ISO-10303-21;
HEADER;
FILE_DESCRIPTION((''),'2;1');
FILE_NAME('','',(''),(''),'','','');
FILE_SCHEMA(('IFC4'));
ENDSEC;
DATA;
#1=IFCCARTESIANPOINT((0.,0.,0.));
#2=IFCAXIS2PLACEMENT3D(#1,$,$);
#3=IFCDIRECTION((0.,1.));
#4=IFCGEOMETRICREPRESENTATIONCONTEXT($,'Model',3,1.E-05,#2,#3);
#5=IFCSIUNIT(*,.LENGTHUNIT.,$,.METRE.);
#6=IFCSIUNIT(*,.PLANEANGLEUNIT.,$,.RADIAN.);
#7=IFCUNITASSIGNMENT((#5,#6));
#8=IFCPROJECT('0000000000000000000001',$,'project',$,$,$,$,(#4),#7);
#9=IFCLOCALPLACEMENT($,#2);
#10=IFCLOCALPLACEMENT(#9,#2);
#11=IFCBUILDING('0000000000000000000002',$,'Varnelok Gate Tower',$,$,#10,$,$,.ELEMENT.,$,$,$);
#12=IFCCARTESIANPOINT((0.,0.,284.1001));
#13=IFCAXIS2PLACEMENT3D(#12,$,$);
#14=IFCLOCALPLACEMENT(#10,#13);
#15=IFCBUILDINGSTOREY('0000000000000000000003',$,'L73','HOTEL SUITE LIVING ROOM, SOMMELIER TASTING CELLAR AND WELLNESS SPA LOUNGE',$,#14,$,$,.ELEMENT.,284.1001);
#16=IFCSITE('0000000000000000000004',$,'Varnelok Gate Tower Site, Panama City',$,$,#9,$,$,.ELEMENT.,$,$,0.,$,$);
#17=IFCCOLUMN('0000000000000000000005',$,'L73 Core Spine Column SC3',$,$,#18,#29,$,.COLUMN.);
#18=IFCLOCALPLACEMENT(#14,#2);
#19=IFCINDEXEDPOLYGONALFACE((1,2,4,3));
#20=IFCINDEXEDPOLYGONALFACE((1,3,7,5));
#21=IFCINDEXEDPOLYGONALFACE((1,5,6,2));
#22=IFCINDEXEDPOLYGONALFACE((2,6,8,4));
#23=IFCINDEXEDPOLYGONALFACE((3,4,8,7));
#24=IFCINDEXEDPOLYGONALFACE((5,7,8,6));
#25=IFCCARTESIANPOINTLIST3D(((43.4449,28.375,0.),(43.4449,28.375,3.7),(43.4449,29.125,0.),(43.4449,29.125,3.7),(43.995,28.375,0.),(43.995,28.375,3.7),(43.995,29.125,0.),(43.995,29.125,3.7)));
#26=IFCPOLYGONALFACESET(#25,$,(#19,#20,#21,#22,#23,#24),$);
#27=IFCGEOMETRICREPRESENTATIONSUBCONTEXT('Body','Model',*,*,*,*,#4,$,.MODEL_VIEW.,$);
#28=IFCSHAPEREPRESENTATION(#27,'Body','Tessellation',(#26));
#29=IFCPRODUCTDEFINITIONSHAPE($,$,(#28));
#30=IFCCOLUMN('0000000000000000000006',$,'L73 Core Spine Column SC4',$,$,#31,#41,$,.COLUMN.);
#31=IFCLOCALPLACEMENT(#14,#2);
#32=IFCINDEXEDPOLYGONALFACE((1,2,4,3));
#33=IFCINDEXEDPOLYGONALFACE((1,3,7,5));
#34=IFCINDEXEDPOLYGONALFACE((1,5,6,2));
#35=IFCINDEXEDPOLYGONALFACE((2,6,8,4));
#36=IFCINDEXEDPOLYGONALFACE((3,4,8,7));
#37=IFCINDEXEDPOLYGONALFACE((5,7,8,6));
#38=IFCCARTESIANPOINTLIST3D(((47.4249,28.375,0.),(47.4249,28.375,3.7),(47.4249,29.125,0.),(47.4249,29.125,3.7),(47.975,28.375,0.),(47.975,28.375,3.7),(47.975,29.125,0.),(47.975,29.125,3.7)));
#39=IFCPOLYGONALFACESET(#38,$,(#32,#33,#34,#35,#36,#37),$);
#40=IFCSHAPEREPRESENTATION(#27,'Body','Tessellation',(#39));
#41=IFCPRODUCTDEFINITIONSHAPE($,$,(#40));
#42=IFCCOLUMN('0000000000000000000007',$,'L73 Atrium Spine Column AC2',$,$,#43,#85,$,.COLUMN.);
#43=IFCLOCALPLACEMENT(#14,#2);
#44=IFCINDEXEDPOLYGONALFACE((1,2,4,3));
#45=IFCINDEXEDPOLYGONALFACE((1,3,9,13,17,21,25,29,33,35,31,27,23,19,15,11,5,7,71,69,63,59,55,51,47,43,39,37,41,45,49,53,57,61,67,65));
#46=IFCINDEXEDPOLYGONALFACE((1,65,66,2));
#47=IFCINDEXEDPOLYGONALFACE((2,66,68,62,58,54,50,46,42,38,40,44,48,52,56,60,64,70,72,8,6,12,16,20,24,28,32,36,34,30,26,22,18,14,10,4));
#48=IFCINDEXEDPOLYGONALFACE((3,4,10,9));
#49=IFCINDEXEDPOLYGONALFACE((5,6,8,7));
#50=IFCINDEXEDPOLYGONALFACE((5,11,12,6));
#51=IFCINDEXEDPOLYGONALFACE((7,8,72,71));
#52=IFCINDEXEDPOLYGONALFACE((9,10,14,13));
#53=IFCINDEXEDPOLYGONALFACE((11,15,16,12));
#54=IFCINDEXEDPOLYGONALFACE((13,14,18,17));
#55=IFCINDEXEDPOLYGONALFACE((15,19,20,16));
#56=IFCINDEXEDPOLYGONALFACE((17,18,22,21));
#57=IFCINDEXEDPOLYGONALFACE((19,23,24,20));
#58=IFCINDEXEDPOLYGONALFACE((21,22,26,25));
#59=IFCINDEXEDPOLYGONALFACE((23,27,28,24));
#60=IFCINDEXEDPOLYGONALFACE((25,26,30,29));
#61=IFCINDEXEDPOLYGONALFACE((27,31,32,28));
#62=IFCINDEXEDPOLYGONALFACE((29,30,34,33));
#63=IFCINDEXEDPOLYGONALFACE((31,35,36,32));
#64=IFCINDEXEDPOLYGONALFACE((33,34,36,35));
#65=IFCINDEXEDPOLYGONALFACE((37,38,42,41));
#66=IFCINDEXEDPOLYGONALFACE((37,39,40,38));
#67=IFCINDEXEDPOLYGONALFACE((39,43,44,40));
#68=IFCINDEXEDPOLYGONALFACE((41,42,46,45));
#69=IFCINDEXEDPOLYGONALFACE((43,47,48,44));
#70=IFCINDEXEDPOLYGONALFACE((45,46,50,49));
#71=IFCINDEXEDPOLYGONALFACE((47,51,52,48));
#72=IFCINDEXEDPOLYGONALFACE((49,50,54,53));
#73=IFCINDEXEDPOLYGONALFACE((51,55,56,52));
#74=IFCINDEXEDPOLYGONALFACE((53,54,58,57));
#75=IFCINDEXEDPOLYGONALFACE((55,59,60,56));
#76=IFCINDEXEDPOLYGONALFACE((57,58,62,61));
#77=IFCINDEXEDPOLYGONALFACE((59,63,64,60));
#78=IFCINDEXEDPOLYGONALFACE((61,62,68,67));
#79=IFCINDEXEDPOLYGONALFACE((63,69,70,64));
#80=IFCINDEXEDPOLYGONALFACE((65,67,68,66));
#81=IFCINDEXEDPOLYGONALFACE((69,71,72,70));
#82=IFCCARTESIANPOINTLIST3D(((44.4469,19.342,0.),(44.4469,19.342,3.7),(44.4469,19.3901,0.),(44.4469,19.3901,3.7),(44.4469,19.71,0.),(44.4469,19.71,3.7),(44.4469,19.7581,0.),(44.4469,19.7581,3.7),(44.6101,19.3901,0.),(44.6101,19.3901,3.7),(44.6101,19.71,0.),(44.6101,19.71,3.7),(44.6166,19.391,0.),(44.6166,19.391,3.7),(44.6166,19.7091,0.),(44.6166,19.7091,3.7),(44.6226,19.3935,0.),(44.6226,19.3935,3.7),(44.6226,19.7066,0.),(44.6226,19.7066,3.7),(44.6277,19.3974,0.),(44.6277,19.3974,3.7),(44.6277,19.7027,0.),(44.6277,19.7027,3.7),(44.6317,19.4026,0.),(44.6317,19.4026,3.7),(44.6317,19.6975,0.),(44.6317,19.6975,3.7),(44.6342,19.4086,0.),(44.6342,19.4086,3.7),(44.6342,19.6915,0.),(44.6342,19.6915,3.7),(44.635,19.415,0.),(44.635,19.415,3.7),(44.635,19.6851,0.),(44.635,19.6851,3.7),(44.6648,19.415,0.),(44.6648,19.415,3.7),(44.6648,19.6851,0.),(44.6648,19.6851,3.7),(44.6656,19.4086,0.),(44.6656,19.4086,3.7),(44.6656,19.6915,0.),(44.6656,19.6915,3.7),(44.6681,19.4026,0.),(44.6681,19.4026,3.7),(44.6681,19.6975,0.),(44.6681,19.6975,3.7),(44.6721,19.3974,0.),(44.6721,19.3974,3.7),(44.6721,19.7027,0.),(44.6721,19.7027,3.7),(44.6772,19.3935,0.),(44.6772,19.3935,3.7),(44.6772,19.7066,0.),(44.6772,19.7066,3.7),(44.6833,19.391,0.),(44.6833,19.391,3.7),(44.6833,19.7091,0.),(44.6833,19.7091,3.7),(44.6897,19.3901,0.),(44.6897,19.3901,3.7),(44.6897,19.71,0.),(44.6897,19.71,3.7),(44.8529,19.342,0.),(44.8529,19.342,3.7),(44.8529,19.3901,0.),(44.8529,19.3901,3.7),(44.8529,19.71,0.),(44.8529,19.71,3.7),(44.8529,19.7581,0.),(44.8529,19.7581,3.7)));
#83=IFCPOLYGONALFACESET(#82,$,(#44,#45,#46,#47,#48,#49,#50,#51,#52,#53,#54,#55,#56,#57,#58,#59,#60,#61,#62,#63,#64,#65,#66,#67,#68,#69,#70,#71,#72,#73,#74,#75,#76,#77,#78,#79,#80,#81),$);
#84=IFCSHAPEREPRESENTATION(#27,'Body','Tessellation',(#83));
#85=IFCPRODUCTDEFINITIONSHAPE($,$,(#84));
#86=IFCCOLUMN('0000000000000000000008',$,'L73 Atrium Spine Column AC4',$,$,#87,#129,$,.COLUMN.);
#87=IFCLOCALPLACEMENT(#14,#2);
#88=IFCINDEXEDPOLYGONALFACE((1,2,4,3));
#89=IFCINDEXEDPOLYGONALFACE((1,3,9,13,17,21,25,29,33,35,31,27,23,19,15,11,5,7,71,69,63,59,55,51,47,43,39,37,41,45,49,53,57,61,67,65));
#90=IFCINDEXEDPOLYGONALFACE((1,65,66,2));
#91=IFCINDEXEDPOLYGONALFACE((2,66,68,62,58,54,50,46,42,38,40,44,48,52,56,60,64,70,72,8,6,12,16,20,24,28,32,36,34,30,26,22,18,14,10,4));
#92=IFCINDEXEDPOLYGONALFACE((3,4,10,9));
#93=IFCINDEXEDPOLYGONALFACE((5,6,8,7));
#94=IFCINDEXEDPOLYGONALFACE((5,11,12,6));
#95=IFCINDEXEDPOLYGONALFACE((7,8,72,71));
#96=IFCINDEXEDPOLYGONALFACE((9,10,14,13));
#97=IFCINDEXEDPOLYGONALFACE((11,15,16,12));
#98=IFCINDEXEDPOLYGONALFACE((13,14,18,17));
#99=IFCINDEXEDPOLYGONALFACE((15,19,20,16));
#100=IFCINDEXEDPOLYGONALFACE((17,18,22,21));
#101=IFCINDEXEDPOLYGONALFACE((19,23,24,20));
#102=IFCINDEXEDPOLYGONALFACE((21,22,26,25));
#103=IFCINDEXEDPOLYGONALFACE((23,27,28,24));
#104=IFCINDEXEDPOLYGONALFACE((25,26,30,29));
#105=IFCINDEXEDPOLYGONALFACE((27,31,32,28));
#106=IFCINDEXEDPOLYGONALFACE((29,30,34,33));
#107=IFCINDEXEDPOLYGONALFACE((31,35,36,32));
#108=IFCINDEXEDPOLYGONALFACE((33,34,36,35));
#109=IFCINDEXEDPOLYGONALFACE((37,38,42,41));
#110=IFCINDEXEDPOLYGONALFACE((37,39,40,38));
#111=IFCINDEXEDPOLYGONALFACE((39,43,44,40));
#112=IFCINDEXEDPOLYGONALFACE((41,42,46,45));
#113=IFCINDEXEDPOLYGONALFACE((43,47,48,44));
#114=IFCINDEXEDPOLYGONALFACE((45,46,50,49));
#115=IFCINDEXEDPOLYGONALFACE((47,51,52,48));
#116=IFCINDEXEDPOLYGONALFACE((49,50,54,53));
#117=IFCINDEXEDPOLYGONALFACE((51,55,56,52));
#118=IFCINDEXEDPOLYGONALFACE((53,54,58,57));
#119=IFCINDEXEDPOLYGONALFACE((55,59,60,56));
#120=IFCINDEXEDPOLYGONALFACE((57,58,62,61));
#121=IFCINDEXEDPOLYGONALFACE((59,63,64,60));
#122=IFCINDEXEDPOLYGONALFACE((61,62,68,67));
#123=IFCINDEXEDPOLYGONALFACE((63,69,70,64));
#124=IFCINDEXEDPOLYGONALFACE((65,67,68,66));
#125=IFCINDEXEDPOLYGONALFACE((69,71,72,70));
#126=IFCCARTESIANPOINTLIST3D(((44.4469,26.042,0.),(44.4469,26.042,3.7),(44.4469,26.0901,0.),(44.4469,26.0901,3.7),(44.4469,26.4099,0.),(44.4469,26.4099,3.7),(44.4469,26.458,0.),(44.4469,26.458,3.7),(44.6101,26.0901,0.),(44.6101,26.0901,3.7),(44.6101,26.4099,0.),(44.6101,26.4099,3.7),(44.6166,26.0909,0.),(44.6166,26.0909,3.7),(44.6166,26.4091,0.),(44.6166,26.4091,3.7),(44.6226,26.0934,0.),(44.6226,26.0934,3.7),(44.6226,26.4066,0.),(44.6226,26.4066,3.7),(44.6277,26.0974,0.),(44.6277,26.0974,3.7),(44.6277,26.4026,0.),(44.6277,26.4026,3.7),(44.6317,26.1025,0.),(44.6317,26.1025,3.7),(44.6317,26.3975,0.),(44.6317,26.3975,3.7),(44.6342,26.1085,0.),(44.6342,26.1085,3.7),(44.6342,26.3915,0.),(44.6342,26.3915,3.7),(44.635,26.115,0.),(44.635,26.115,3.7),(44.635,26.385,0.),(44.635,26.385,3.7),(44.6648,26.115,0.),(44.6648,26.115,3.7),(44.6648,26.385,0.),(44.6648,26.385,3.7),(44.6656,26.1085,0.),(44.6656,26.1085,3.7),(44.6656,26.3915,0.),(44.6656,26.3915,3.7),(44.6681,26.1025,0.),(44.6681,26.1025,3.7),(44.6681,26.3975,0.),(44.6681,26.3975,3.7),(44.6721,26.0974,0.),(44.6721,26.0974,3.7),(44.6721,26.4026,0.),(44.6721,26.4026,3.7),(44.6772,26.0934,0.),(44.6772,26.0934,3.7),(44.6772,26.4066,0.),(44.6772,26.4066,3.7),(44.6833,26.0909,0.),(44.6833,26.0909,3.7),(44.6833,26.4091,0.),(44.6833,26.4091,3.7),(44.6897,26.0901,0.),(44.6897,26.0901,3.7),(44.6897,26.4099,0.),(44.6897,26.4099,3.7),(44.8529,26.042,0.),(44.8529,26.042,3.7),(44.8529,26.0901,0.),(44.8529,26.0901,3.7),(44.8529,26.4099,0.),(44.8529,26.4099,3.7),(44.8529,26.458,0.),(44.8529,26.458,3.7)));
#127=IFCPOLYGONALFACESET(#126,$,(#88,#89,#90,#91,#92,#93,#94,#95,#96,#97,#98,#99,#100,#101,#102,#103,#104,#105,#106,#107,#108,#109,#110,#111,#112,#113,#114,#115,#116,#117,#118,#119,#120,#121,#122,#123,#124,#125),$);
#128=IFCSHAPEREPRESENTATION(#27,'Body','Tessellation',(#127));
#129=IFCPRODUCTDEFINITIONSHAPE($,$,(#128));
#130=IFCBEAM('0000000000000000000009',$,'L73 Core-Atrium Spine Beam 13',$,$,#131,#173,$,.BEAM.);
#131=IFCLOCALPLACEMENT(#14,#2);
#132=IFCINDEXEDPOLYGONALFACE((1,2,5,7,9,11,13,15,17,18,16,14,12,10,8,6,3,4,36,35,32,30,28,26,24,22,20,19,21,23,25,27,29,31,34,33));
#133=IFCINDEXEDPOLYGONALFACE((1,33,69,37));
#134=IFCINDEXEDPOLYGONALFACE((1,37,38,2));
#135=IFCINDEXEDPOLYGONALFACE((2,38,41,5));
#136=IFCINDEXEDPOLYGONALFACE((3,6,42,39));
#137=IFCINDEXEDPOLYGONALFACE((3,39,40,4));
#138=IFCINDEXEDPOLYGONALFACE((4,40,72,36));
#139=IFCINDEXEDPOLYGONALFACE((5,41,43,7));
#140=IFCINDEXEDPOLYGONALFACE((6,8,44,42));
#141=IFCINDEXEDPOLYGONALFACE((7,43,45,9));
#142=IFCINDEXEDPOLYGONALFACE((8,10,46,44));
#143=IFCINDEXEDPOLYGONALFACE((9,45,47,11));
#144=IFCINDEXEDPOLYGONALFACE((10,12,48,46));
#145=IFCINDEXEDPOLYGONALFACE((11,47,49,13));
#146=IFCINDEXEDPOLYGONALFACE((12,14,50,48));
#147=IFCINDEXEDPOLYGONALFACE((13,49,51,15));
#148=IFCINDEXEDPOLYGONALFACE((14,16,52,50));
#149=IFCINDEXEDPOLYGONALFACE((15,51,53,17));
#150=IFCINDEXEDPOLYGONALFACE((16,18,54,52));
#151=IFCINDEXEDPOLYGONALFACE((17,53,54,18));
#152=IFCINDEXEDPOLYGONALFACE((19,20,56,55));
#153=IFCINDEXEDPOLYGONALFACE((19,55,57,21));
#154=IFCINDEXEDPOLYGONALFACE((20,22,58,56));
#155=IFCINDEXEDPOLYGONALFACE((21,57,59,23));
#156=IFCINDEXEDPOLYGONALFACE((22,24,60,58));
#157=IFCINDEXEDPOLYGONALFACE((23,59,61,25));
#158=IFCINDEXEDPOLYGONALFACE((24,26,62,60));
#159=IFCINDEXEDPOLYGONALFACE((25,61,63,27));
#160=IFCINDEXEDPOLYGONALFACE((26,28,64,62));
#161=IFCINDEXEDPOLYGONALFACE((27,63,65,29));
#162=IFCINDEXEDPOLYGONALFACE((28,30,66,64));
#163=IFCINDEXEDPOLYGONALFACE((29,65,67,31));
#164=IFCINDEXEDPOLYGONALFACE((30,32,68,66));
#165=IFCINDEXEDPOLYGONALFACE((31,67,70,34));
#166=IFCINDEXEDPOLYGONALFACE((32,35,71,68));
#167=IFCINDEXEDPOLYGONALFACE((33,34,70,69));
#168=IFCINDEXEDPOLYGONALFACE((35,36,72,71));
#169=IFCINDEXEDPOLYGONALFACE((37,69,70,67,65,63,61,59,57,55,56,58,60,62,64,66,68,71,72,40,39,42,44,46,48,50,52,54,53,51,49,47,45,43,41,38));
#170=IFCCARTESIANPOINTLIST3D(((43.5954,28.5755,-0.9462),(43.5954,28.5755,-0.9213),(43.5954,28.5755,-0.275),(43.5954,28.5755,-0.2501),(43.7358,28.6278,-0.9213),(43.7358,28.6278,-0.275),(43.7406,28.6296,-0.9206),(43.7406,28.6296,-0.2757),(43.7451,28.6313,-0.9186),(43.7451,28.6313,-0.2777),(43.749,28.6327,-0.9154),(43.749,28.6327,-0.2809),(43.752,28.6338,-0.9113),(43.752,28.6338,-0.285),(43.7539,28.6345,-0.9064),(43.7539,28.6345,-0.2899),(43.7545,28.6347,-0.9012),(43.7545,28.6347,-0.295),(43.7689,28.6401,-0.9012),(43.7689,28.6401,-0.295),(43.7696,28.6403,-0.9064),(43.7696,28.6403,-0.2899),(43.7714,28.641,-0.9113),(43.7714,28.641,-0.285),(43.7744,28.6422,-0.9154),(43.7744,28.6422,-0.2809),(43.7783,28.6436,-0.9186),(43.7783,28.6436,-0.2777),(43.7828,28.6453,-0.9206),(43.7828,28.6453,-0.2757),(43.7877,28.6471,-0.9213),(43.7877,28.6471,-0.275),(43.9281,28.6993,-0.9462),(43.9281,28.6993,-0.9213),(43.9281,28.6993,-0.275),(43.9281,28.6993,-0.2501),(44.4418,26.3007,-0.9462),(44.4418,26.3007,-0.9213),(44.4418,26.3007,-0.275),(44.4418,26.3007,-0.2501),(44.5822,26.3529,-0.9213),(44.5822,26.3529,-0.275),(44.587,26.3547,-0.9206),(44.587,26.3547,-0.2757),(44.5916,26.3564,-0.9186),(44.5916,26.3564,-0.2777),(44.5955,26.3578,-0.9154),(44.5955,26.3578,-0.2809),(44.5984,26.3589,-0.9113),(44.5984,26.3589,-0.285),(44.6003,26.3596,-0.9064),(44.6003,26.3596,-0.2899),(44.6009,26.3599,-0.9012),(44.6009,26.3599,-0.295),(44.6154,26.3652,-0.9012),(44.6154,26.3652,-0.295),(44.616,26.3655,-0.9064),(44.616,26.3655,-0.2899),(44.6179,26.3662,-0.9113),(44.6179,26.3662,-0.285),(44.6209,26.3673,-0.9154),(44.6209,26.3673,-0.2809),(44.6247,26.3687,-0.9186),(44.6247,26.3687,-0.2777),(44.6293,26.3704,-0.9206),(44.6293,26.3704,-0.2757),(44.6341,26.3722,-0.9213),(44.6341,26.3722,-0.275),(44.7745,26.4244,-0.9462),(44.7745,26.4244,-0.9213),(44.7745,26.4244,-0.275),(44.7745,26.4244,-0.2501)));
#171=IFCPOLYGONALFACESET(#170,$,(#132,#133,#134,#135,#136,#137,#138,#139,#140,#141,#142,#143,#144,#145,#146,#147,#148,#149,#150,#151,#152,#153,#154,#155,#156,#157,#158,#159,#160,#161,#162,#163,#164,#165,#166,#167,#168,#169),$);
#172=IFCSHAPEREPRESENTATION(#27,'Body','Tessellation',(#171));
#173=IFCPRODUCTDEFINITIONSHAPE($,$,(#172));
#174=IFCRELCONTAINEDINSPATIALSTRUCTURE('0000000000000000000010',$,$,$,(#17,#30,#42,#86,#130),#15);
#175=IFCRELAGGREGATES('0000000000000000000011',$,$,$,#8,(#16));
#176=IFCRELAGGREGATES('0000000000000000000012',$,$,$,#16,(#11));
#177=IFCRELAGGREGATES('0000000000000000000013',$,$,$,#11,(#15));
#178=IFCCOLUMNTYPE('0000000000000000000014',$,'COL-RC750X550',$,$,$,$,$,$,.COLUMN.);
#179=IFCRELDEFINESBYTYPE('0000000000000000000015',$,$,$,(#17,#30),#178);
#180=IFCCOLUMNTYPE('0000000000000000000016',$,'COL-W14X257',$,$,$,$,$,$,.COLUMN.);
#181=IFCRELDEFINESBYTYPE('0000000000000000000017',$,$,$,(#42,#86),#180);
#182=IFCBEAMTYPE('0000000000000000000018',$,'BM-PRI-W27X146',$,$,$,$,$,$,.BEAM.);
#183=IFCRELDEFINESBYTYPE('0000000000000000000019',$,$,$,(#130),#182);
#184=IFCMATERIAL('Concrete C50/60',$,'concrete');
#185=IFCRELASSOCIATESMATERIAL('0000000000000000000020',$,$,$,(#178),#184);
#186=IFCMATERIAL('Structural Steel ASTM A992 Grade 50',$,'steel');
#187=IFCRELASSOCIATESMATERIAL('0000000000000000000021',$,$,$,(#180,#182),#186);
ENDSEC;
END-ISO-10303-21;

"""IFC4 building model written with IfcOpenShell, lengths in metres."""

from ifc_helpers import new_model, si_unit, direction, frame, origin, origin_2d, place, context, subcontext, project, spatial, rectangle, i_section, extrude, material, material_profile, profile_set, type_object, element, save


model = new_model("IFC4")

# Units and contexts
model_context = context("Model", 3, precision=1e-05, world=origin(), true_north=direction((0.0, 1.0)))
body_context = subcontext(model_context, "Body", "Model", "MODEL_VIEW")
ifc_project = project(units=[si_unit("LENGTHUNIT", "METRE"), si_unit("PLANEANGLEUNIT", "RADIAN")], contexts=[model_context])

# Site, building, storey
site_placement = place(None, origin())
site = spatial("IfcSite", under=ifc_project, at=site_placement, Name="Varnelok Gate Tower Site, Panama City", CompositionType="ELEMENT", RefElevation=0.0)
building_placement = place(site_placement, origin())
building = spatial("IfcBuilding", under=site, at=building_placement, Name="Varnelok Gate Tower", CompositionType="ELEMENT")
storey_placement = place(building_placement, frame((0.0, 0.0, 284.1001)))
storey = spatial("IfcBuildingStorey", under=building, at=storey_placement, Name="L73", Description="HOTEL SUITE LIVING ROOM, SOMMELIER TASTING CELLAR AND WELLNESS SPA LOUNGE", CompositionType="ELEMENT", Elevation=284.1001)

# Columns
ifc_material_1 = material(Name="Concrete C50/60", Category="concrete")
ifc_material_profile_1 = material_profile(ifc_material_1, rectangle(XDim=0.55, YDim=0.75, at=origin_2d()), Name="RC750X550")
ifc_profile_set_1 = profile_set([ifc_material_profile_1], Name="Concrete C50/60")
column_type_1 = type_object("IfcColumnType", Name="COL-RC750X550", PredefinedType="COLUMN", material=ifc_profile_set_1)
for number, where, z_axis, x_axis, name in (
    (1, (43.72, 28.75, 0.0), (0.0, 0.0, 1.0), (1.0, 0.0, 0.0), "L73 Core Spine Column SC3"),
    (2, (47.7, 28.75, 0.0), (0.0, 0.0, 1.0), (1.0, 0.0, 0.0), "L73 Core Spine Column SC4"),
):
    element("IfcColumn", number, at=place(storey_placement, frame(where, z_axis=z_axis, x_axis=x_axis)), inside=storey, type_object=column_type_1, Name=name, PredefinedType="COLUMN", context=body_context, shape_type="SweptSolid", body=[
        extrude(rectangle(XDim=0.55, YDim=0.75, at=origin_2d()), origin(), (0.0, 0.0, 1.0), 3.7),
    ])
ifc_material_2 = material(Name="Structural Steel ASTM A992 Grade 50", Category="steel")
ifc_material_profile_2 = material_profile(ifc_material_2, i_section(OverallWidth=0.406, OverallDepth=0.416, WebThickness=0.0298, FlangeThickness=0.0481, FilletRadius=0.0249, at=origin_2d()), Name="W14X257")
ifc_profile_set_2 = profile_set([ifc_material_profile_2], Name="Structural Steel ASTM A992 Grade 50")
column_type_2 = type_object("IfcColumnType", Name="COL-W14X257", PredefinedType="COLUMN", material=ifc_profile_set_2)
for number, where, z_axis, x_axis, name in (
    (3, (44.6499, 19.55, 0.0), (0.0, 0.0, 1.0), (1.0, 0.0, 0.0), "L73 Atrium Spine Column AC2"),
    (4, (44.6499, 26.25, 0.0), (0.0, 0.0, 1.0), (1.0, 0.0, 0.0), "L73 Atrium Spine Column AC4"),
):
    element("IfcColumn", number, at=place(storey_placement, frame(where, z_axis=z_axis, x_axis=x_axis)), inside=storey, type_object=column_type_2, Name=name, PredefinedType="COLUMN", context=body_context, shape_type="SweptSolid", body=[
        extrude(i_section(OverallWidth=0.406, OverallDepth=0.416, WebThickness=0.0298, FlangeThickness=0.0481, FilletRadius=0.0249, at=origin_2d()), origin(), (0.0, 0.0, 1.0), 3.7),
    ])

# Beam
ifc_material_profile_3 = material_profile(ifc_material_2, i_section(OverallWidth=0.355, OverallDepth=0.696, WebThickness=0.0154, FlangeThickness=0.0249, FilletRadius=0.02, at=origin_2d()), Name="W27X146")
ifc_profile_set_3 = profile_set([ifc_material_profile_3], Name="Structural Steel ASTM A992 Grade 50")
beam_type_1 = type_object("IfcBeamType", Name="BM-PRI-W27X146", PredefinedType="BEAM", material=ifc_profile_set_3)
beam_1_placement = place(storey_placement, frame((44.6082, 26.3625, -0.5981), z_axis=(-0.348719, 0.937227, 0.0), x_axis=(-0.937227, -0.348719, 0.0)))
element("IfcBeam", 5, at=beam_1_placement, inside=storey, type_object=beam_type_1, Name="L73 Core-Atrium Spine Beam 13", PredefinedType="BEAM", context=body_context, shape_type="SweptSolid", body=[
    extrude(i_section(OverallWidth=0.355, OverallDepth=0.696, WebThickness=0.0154, FlangeThickness=0.0249, FilletRadius=0.02, at=origin_2d()), origin(), (0.0, 0.0, 1.0), 2.4272),
])

save(model, "model.ifc")
